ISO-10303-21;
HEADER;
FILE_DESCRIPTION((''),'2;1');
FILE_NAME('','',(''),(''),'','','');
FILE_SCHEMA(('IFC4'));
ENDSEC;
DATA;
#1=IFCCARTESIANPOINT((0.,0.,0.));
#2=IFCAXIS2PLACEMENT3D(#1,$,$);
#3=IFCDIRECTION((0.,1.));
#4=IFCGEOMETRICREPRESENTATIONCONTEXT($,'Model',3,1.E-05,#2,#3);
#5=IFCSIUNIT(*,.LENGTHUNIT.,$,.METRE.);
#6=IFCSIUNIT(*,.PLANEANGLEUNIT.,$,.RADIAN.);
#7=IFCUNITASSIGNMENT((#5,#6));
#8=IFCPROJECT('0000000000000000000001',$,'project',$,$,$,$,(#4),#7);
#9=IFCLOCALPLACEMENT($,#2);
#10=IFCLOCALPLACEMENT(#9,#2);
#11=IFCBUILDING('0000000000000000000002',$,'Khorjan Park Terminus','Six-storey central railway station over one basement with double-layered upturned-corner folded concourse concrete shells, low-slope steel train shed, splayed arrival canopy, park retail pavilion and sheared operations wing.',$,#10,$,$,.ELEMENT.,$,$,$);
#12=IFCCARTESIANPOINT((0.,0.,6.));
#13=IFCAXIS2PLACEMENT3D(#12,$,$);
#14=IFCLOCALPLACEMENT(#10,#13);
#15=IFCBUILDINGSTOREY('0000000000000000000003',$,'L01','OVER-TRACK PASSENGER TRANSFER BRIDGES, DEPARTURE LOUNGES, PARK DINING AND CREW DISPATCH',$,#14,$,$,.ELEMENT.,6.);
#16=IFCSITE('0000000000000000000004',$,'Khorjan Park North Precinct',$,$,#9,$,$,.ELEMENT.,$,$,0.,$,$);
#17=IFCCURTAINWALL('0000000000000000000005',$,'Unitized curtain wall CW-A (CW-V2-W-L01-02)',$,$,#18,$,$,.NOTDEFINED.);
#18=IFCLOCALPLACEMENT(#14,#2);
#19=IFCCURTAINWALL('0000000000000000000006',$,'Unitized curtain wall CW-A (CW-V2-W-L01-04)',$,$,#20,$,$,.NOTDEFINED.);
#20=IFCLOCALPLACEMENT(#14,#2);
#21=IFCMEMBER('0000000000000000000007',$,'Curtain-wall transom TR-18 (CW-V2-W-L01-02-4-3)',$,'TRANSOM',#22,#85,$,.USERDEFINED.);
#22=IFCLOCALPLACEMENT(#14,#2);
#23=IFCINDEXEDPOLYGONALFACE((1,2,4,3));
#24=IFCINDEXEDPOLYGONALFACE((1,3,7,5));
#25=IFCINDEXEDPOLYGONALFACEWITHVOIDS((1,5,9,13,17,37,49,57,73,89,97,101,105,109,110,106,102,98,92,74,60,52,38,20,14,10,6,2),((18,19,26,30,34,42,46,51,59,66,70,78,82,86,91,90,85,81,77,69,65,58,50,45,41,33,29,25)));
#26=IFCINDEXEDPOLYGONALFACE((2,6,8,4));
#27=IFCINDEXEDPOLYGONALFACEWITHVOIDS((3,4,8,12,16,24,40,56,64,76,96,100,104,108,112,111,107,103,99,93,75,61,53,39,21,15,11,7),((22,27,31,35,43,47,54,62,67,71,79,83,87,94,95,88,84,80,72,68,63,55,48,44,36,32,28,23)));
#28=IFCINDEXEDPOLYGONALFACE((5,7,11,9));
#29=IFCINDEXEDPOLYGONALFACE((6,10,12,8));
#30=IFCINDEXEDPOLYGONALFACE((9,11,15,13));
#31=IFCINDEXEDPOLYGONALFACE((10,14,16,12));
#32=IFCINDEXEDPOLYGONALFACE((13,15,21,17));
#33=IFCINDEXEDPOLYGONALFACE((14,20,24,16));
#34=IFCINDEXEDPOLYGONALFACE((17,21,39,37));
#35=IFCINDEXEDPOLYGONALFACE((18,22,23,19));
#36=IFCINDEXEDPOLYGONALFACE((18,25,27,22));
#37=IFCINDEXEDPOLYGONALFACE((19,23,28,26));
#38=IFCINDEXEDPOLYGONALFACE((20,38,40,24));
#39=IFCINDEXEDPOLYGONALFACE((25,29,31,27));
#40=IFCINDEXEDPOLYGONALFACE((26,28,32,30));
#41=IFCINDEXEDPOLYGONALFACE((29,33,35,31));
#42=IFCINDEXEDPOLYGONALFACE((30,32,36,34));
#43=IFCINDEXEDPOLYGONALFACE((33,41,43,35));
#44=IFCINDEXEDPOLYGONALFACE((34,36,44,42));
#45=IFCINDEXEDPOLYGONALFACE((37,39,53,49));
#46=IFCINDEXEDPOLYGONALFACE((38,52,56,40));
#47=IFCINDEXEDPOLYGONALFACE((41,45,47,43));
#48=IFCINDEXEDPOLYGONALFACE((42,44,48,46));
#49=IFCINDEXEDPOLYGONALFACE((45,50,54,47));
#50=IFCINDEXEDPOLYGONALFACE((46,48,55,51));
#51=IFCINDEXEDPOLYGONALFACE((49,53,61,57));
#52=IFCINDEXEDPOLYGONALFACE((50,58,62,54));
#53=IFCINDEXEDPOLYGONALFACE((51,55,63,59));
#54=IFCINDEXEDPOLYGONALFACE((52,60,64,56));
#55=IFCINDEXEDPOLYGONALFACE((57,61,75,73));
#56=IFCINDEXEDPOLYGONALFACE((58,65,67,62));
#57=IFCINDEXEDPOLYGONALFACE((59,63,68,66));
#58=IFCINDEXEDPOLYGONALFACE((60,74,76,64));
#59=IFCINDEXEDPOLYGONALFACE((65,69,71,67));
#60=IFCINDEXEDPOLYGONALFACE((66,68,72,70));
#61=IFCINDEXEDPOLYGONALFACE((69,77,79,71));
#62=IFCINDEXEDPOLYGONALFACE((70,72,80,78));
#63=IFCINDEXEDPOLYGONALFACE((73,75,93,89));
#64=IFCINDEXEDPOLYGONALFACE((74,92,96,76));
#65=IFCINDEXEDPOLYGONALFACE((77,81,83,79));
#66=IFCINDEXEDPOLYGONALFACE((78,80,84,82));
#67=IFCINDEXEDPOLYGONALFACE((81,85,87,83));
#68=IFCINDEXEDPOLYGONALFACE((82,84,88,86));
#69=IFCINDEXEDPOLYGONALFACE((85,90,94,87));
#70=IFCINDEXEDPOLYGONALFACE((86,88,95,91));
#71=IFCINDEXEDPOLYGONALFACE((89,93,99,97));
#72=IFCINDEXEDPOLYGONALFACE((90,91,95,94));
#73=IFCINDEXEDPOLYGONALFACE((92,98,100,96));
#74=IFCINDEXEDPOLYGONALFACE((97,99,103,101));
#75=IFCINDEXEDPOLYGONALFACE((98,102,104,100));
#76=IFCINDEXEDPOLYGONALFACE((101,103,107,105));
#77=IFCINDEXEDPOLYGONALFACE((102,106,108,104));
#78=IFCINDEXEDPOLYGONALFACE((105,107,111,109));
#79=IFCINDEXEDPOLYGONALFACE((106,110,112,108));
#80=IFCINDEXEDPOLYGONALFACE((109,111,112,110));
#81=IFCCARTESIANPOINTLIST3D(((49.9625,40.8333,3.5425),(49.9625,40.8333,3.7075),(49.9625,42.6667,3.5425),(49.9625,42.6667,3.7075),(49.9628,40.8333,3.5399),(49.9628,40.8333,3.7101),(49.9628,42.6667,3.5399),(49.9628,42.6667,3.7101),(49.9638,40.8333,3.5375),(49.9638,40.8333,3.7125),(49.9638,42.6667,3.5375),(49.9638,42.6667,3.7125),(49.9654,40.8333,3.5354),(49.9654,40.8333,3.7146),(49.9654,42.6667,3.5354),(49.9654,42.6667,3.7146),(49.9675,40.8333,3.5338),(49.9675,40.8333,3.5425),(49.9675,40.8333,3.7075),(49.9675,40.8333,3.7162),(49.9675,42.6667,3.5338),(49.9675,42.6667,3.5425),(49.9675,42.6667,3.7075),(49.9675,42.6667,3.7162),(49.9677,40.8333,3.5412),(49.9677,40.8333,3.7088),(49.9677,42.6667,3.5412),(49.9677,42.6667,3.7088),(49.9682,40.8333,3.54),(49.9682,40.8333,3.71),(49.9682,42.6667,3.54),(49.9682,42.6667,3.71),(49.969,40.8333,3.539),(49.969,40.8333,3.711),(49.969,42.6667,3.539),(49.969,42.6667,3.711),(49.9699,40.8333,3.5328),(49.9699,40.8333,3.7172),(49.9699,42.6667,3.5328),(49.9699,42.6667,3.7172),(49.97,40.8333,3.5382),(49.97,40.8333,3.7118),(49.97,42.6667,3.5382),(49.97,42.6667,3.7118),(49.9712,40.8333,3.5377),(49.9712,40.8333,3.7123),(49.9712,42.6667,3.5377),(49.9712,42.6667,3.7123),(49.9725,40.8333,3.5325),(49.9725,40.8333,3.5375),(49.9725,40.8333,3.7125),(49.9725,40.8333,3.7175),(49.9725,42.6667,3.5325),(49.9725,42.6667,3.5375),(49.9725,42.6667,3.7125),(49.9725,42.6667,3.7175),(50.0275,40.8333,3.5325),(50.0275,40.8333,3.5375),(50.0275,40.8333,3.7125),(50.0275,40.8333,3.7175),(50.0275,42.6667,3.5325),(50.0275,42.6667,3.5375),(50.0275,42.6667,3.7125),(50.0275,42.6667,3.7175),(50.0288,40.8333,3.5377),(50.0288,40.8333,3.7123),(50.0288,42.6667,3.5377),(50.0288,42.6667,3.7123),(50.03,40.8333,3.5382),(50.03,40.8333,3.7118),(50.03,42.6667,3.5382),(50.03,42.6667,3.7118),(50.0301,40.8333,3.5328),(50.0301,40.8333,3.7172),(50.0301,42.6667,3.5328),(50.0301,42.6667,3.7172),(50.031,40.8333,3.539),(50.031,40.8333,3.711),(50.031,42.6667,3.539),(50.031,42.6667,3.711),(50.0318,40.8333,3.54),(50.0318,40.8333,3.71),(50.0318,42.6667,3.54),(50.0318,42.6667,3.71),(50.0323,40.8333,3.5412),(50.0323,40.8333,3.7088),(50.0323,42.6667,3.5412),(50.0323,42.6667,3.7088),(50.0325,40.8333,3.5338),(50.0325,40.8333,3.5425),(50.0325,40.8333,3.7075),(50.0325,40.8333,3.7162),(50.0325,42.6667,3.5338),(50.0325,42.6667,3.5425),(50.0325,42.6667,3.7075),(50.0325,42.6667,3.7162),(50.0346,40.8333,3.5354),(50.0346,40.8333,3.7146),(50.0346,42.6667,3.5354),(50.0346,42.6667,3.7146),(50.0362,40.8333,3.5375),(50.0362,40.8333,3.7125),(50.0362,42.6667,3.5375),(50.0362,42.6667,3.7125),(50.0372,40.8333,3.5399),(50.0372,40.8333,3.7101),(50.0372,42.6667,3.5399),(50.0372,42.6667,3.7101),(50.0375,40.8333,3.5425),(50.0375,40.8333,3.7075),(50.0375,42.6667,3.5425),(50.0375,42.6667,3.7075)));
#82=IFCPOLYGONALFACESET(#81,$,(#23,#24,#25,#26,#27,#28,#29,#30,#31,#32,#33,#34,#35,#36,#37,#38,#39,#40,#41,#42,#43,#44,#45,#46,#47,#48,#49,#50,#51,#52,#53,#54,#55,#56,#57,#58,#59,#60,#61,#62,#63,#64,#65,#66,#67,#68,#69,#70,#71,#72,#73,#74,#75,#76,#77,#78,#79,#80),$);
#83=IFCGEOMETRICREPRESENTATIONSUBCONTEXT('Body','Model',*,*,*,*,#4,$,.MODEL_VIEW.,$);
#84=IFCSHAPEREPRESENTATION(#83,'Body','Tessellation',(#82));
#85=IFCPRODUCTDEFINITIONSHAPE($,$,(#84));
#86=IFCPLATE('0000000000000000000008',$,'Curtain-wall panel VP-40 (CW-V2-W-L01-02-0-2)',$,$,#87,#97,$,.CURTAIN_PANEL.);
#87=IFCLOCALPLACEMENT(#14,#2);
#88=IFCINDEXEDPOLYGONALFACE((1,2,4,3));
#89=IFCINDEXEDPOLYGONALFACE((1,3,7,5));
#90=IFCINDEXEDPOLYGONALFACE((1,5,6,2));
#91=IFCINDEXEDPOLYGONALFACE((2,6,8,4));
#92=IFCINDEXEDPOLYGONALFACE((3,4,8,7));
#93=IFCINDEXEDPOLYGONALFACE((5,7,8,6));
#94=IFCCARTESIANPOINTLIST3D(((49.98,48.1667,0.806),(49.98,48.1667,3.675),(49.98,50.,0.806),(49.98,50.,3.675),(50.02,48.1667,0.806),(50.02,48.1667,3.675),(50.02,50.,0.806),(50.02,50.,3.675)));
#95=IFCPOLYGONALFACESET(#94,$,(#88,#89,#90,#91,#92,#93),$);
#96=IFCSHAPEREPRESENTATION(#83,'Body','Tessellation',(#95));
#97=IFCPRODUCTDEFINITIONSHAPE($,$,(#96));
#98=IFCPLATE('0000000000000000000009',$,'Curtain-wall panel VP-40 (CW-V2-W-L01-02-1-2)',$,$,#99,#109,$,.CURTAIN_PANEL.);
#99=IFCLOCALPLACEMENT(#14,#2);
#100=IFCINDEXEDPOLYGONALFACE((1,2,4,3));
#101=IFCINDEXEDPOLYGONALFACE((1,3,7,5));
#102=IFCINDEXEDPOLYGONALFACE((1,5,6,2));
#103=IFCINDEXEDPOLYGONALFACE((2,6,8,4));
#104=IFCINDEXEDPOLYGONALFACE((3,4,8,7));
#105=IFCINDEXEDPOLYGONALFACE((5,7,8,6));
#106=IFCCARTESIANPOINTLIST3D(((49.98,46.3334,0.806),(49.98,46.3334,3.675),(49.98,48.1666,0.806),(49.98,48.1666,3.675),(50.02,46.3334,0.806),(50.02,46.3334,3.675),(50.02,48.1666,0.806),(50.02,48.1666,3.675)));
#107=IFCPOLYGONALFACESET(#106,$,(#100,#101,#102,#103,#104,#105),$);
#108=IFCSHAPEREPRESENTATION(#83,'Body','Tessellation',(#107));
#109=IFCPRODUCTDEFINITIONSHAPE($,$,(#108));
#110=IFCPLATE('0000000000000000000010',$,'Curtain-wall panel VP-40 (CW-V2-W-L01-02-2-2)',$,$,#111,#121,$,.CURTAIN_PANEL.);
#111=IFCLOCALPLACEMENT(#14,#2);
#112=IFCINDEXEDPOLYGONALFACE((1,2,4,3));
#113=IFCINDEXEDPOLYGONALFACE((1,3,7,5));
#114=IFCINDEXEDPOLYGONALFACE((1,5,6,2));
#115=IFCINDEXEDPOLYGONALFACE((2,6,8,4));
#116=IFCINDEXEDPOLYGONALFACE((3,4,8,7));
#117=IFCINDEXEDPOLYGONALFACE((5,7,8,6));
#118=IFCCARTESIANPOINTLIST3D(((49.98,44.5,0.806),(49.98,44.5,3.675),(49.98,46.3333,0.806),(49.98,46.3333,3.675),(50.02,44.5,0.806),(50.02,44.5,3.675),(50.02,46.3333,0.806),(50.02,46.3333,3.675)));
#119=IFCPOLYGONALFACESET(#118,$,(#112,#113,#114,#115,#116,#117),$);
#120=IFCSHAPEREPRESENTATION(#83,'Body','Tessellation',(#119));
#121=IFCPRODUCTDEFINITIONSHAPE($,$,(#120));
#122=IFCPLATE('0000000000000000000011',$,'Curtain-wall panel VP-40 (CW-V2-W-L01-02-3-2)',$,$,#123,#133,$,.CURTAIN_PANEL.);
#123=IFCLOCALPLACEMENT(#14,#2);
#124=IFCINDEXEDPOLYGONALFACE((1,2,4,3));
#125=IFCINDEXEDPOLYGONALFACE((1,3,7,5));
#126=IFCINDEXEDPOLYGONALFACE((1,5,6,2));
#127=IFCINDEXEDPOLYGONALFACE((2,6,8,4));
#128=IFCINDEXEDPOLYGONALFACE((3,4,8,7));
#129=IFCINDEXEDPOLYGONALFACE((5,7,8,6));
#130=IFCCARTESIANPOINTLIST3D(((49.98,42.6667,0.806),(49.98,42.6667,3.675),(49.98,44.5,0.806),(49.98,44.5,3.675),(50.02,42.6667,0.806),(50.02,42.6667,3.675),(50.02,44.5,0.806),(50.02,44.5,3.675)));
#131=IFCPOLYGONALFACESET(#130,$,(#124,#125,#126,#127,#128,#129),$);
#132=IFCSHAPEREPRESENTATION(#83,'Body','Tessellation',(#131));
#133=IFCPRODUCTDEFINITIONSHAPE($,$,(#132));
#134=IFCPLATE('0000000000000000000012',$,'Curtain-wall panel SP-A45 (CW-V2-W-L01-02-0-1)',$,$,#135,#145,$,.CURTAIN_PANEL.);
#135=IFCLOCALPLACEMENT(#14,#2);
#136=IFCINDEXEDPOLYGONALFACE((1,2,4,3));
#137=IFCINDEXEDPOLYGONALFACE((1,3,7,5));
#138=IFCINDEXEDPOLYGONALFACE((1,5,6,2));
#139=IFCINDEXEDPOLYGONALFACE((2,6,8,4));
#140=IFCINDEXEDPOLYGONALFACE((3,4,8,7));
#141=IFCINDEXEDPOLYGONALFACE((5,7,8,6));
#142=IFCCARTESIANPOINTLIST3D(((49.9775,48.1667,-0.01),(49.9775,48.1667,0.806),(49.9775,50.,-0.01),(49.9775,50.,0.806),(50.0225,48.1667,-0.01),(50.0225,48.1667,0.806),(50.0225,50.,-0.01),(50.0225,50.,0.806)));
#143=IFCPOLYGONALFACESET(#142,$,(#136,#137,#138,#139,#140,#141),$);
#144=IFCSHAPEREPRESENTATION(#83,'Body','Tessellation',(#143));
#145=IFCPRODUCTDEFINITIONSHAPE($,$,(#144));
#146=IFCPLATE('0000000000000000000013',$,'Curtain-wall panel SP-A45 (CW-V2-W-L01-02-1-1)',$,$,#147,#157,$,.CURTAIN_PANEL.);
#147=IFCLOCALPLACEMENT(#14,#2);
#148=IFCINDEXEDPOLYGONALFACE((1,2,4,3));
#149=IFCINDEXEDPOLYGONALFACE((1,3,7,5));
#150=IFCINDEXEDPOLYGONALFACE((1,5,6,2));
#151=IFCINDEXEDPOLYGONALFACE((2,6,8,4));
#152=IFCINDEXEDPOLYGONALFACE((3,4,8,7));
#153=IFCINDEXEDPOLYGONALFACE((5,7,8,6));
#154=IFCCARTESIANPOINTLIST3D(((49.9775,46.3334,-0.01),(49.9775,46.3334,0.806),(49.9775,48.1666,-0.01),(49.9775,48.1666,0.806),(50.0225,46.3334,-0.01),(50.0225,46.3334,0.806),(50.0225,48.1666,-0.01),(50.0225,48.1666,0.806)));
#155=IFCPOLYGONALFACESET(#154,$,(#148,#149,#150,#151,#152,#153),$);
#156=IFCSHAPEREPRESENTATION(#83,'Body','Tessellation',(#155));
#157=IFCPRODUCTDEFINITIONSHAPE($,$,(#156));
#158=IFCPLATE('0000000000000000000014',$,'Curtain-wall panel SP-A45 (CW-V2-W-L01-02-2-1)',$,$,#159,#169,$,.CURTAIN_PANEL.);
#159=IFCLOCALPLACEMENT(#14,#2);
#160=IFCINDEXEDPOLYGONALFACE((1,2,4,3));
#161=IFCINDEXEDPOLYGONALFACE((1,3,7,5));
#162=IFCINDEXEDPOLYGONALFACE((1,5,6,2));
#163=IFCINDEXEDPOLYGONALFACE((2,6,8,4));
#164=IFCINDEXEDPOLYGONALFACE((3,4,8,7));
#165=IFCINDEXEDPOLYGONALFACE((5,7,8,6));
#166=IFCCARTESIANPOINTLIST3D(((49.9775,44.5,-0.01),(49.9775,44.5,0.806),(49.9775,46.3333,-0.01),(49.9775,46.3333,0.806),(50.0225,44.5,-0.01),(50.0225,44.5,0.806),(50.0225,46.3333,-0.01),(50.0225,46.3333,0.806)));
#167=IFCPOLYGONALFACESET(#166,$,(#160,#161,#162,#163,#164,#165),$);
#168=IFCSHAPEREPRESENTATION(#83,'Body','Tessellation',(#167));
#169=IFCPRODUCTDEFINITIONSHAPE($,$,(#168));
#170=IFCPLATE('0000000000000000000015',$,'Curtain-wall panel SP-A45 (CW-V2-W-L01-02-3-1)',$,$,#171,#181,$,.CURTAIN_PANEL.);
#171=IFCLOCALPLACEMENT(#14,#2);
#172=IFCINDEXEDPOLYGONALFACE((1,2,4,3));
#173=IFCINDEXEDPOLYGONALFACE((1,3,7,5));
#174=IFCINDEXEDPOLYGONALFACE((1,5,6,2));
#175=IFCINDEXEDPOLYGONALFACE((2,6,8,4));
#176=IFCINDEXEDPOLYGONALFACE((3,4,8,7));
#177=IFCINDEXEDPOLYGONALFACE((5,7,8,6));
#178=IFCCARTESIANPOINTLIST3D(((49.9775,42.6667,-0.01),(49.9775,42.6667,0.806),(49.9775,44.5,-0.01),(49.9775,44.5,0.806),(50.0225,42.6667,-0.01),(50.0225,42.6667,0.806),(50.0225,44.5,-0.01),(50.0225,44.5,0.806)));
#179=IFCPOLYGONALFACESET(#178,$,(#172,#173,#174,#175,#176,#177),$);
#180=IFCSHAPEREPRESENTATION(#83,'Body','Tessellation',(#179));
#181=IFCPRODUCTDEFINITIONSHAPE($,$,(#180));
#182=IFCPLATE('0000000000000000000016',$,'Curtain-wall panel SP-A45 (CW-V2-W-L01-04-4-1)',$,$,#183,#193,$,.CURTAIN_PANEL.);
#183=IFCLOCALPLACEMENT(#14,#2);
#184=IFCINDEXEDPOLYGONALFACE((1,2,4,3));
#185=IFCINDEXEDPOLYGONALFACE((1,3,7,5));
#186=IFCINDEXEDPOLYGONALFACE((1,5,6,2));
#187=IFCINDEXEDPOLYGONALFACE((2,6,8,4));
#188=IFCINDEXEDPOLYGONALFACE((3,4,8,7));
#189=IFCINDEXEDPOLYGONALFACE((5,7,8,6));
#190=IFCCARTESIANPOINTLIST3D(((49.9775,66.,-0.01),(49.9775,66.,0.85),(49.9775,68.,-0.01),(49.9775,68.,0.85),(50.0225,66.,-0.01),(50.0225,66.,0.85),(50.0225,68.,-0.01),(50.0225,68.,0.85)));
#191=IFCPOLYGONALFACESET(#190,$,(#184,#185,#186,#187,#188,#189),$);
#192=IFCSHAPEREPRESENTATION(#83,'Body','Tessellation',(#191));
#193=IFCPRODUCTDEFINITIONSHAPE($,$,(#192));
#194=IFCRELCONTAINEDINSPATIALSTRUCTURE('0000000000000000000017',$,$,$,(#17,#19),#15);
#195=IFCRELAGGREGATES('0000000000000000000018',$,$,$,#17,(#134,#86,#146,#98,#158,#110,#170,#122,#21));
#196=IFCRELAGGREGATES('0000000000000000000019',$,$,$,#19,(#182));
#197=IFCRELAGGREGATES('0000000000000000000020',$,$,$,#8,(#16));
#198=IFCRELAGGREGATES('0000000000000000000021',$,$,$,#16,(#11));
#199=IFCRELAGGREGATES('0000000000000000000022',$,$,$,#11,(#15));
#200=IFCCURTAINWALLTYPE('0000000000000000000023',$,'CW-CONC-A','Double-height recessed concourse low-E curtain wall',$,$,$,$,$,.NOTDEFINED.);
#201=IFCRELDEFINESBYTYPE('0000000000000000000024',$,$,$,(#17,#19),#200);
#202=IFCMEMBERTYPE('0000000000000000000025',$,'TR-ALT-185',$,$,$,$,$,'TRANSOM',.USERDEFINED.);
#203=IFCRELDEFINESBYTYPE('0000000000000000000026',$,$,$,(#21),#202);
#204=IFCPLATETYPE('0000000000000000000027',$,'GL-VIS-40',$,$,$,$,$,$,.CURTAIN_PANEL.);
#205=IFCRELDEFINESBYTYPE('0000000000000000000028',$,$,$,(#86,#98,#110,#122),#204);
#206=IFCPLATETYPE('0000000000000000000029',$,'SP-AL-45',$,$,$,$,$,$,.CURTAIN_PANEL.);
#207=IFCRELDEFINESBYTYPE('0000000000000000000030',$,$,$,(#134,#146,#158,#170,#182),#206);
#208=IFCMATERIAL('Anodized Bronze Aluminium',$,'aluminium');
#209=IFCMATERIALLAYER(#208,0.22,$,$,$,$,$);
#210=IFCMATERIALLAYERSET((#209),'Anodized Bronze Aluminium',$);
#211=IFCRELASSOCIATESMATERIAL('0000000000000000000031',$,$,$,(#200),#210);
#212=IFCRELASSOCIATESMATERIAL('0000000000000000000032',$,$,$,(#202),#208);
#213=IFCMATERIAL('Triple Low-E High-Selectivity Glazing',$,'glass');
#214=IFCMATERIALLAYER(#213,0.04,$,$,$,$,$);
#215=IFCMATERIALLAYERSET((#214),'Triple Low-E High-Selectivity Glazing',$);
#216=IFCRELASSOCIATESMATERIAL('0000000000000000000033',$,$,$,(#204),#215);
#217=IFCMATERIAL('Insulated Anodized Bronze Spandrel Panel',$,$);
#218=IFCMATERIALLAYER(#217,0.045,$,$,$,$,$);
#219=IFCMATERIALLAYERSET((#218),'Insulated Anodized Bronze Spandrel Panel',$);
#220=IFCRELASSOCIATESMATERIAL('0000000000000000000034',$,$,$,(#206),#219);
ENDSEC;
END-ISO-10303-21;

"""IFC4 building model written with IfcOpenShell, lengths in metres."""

from ifc_helpers import new_model, si_unit, direction, frame, origin, origin_2d, place, context, subcontext, project, spatial, rectangle, hollow_rectangle, extrude, material, layer, layer_set, material_profile, profile_set, type_object, element, aggregate, save


model = new_model("IFC4")

# Units and contexts
model_context = context("Model", 3, precision=1e-05, world=origin(), true_north=direction((0.0, 1.0)))
body_context = subcontext(model_context, "Body", "Model", "MODEL_VIEW")
ifc_project = project(units=[si_unit("LENGTHUNIT", "METRE"), si_unit("PLANEANGLEUNIT", "RADIAN")], contexts=[model_context])

# Site, building, storey
site_placement = place(None, origin())
site = spatial("IfcSite", under=ifc_project, at=site_placement, Name="Khorjan Park North Precinct", CompositionType="ELEMENT", RefElevation=0.0)
building_placement = place(site_placement, origin())
building = spatial("IfcBuilding", under=site, at=building_placement, Name="Khorjan Park Terminus", Description="Six-storey central railway station over one basement with double-layered upturned-corner folded concourse concrete shells, low-slope steel train shed, splayed arrival canopy, park retail pavilion and sheared operations wing.", CompositionType="ELEMENT")
storey_placement = place(building_placement, frame((0.0, 0.0, 6.0)))
storey = spatial("IfcBuildingStorey", under=building, at=storey_placement, Name="L01", Description="OVER-TRACK PASSENGER TRANSFER BRIDGES, DEPARTURE LOUNGES, PARK DINING AND CREW DISPATCH", CompositionType="ELEMENT", Elevation=6.0)

# Curtain wall
ifc_material_1 = material(Name="Anodized Bronze Aluminium", Category="aluminium")
ifc_layer_1 = layer(ifc_material_1, 0.22)
ifc_layer_set_1 = layer_set([ifc_layer_1], Name="Anodized Bronze Aluminium")
curtain_wall_type_1 = type_object("IfcCurtainWallType", Name="CW-CONC-A", Description="Double-height recessed concourse low-E curtain wall", PredefinedType="NOTDEFINED", material=ifc_layer_set_1)
curtain_wall_1_placement = place(storey_placement, origin())
curtain_wall_1 = element("IfcCurtainWall", 1, at=curtain_wall_1_placement, inside=storey, type_object=curtain_wall_type_1, Name="Unitized curtain wall CW-A (CW-V2-W-L01-02)", PredefinedType="NOTDEFINED")

# Curtain wall
curtain_wall_2_placement = place(storey_placement, origin())
curtain_wall_2 = element("IfcCurtainWall", 2, at=curtain_wall_2_placement, inside=storey, type_object=curtain_wall_type_1, Name="Unitized curtain wall CW-A (CW-V2-W-L01-04)", PredefinedType="NOTDEFINED")

# Member
ifc_material_profile_1 = material_profile(ifc_material_1, hollow_rectangle(XDim=0.075, YDim=0.185, WallThickness=0.005, InnerFilletRadius=0.005, OuterFilletRadius=0.01, at=origin_2d()), Name="ALT 75x185x5")
ifc_profile_set_1 = profile_set([ifc_material_profile_1], Name="Anodized Bronze Aluminium")
member_type_1 = type_object("IfcMemberType", Name="TR-ALT-185", ElementType="TRANSOM", PredefinedType="USERDEFINED", material=ifc_profile_set_1)
member_1_placement = place(storey_placement, frame((50.0, 42.6667, 3.625), z_axis=(0.0, -1.0, 0.0), x_axis=(1.0, 0.0, 0.0)))
member_1 = element("IfcMember", 3, at=member_1_placement, type_object=member_type_1, Name="Curtain-wall transom TR-18 (CW-V2-W-L01-02-4-3)", ObjectType="TRANSOM", PredefinedType="USERDEFINED", context=body_context, shape_type="SweptSolid", body=[
    extrude(hollow_rectangle(XDim=0.075, YDim=0.185, WallThickness=0.005, InnerFilletRadius=0.005, OuterFilletRadius=0.01, at=origin_2d()), origin(), (0.0, 0.0, 1.0), 1.8334),
])

# Plates
ifc_material_2 = material(Name="Triple Low-E High-Selectivity Glazing", Category="glass")
ifc_layer_2 = layer(ifc_material_2, 0.04)
ifc_layer_set_2 = layer_set([ifc_layer_2], Name="Triple Low-E High-Selectivity Glazing")
plate_type_1 = type_object("IfcPlateType", Name="GL-VIS-40", PredefinedType="CURTAIN_PANEL", material=ifc_layer_set_2)
plate_1_placement = place(storey_placement, frame((50.0, 49.0833, 0.806), z_axis=(0.0, 0.0, 1.0), x_axis=(0.0, -1.0, 0.0)))
plate_1 = element("IfcPlate", 4, at=plate_1_placement, type_object=plate_type_1, Name="Curtain-wall panel VP-40 (CW-V2-W-L01-02-0-2)", PredefinedType="CURTAIN_PANEL", context=body_context, shape_type="SweptSolid", body=[
    extrude(rectangle(XDim=1.8333, YDim=0.04, at=origin_2d()), origin(), (0.0, 0.0, 1.0), 2.869),
])
plate_2_placement = place(storey_placement, frame((50.0, 47.25, 0.806), z_axis=(0.0, 0.0, 1.0), x_axis=(0.0, -1.0, 0.0)))
plate_2 = element("IfcPlate", 5, at=plate_2_placement, type_object=plate_type_1, Name="Curtain-wall panel VP-40 (CW-V2-W-L01-02-1-2)", PredefinedType="CURTAIN_PANEL", context=body_context, shape_type="SweptSolid", body=[
    extrude(rectangle(XDim=1.8333, YDim=0.04, at=origin_2d()), origin(), (0.0, 0.0, 1.0), 2.869),
])
plate_3_placement = place(storey_placement, frame((50.0, 45.4167, 0.806), z_axis=(0.0, 0.0, 1.0), x_axis=(0.0, -1.0, 0.0)))
plate_3 = element("IfcPlate", 6, at=plate_3_placement, type_object=plate_type_1, Name="Curtain-wall panel VP-40 (CW-V2-W-L01-02-2-2)", PredefinedType="CURTAIN_PANEL", context=body_context, shape_type="SweptSolid", body=[
    extrude(rectangle(XDim=1.8333, YDim=0.04, at=origin_2d()), origin(), (0.0, 0.0, 1.0), 2.869),
])
plate_4_placement = place(storey_placement, frame((50.0, 43.5833, 0.806), z_axis=(0.0, 0.0, 1.0), x_axis=(0.0, -1.0, 0.0)))
plate_4 = element("IfcPlate", 7, at=plate_4_placement, type_object=plate_type_1, Name="Curtain-wall panel VP-40 (CW-V2-W-L01-02-3-2)", PredefinedType="CURTAIN_PANEL", context=body_context, shape_type="SweptSolid", body=[
    extrude(rectangle(XDim=1.8333, YDim=0.04, at=origin_2d()), origin(), (0.0, 0.0, 1.0), 2.869),
])
ifc_material_3 = material(Name="Insulated Anodized Bronze Spandrel Panel")
ifc_layer_3 = layer(ifc_material_3, 0.045)
ifc_layer_set_3 = layer_set([ifc_layer_3], Name="Insulated Anodized Bronze Spandrel Panel")
plate_type_2 = type_object("IfcPlateType", Name="SP-AL-45", PredefinedType="CURTAIN_PANEL", material=ifc_layer_set_3)
plate_5_placement = place(storey_placement, frame((50.0, 49.0833, -0.01), z_axis=(0.0, 0.0, 1.0), x_axis=(0.0, -1.0, 0.0)))
plate_5 = element("IfcPlate", 8, at=plate_5_placement, type_object=plate_type_2, Name="Curtain-wall panel SP-A45 (CW-V2-W-L01-02-0-1)", PredefinedType="CURTAIN_PANEL", context=body_context, shape_type="SweptSolid", body=[
    extrude(rectangle(XDim=1.8333, YDim=0.045, at=origin_2d()), origin(), (0.0, 0.0, 1.0), 0.816),
])
plate_6_placement = place(storey_placement, frame((50.0, 47.25, -0.01), z_axis=(0.0, 0.0, 1.0), x_axis=(0.0, -1.0, 0.0)))
plate_6 = element("IfcPlate", 9, at=plate_6_placement, type_object=plate_type_2, Name="Curtain-wall panel SP-A45 (CW-V2-W-L01-02-1-1)", PredefinedType="CURTAIN_PANEL", context=body_context, shape_type="SweptSolid", body=[
    extrude(rectangle(XDim=1.8333, YDim=0.045, at=origin_2d()), origin(), (0.0, 0.0, 1.0), 0.816),
])
plate_7_placement = place(storey_placement, frame((50.0, 45.4167, -0.01), z_axis=(0.0, 0.0, 1.0), x_axis=(0.0, -1.0, 0.0)))
plate_7 = element("IfcPlate", 10, at=plate_7_placement, type_object=plate_type_2, Name="Curtain-wall panel SP-A45 (CW-V2-W-L01-02-2-1)", PredefinedType="CURTAIN_PANEL", context=body_context, shape_type="SweptSolid", body=[
    extrude(rectangle(XDim=1.8333, YDim=0.045, at=origin_2d()), origin(), (0.0, 0.0, 1.0), 0.816),
])
plate_8_placement = place(storey_placement, frame((50.0, 43.5833, -0.01), z_axis=(0.0, 0.0, 1.0), x_axis=(0.0, -1.0, 0.0)))
plate_8 = element("IfcPlate", 11, at=plate_8_placement, type_object=plate_type_2, Name="Curtain-wall panel SP-A45 (CW-V2-W-L01-02-3-1)", PredefinedType="CURTAIN_PANEL", context=body_context, shape_type="SweptSolid", body=[
    extrude(rectangle(XDim=1.8333, YDim=0.045, at=origin_2d()), origin(), (0.0, 0.0, 1.0), 0.816),
])
aggregate(curtain_wall_1, [plate_5, plate_1, plate_6, plate_2, plate_7, plate_3, plate_8, plate_4, member_1])
plate_9_placement = place(storey_placement, frame((50.0, 67.0, -0.01), z_axis=(0.0, 0.0, 1.0), x_axis=(0.0, -1.0, 0.0)))
plate_9 = element("IfcPlate", 12, at=plate_9_placement, type_object=plate_type_2, Name="Curtain-wall panel SP-A45 (CW-V2-W-L01-04-4-1)", PredefinedType="CURTAIN_PANEL", context=body_context, shape_type="SweptSolid", body=[
    extrude(rectangle(XDim=2.0, YDim=0.045, at=origin_2d()), origin(), (0.0, 0.0, 1.0), 0.86),
])
aggregate(curtain_wall_2, [plate_9])

save(model, "model.ifc")
